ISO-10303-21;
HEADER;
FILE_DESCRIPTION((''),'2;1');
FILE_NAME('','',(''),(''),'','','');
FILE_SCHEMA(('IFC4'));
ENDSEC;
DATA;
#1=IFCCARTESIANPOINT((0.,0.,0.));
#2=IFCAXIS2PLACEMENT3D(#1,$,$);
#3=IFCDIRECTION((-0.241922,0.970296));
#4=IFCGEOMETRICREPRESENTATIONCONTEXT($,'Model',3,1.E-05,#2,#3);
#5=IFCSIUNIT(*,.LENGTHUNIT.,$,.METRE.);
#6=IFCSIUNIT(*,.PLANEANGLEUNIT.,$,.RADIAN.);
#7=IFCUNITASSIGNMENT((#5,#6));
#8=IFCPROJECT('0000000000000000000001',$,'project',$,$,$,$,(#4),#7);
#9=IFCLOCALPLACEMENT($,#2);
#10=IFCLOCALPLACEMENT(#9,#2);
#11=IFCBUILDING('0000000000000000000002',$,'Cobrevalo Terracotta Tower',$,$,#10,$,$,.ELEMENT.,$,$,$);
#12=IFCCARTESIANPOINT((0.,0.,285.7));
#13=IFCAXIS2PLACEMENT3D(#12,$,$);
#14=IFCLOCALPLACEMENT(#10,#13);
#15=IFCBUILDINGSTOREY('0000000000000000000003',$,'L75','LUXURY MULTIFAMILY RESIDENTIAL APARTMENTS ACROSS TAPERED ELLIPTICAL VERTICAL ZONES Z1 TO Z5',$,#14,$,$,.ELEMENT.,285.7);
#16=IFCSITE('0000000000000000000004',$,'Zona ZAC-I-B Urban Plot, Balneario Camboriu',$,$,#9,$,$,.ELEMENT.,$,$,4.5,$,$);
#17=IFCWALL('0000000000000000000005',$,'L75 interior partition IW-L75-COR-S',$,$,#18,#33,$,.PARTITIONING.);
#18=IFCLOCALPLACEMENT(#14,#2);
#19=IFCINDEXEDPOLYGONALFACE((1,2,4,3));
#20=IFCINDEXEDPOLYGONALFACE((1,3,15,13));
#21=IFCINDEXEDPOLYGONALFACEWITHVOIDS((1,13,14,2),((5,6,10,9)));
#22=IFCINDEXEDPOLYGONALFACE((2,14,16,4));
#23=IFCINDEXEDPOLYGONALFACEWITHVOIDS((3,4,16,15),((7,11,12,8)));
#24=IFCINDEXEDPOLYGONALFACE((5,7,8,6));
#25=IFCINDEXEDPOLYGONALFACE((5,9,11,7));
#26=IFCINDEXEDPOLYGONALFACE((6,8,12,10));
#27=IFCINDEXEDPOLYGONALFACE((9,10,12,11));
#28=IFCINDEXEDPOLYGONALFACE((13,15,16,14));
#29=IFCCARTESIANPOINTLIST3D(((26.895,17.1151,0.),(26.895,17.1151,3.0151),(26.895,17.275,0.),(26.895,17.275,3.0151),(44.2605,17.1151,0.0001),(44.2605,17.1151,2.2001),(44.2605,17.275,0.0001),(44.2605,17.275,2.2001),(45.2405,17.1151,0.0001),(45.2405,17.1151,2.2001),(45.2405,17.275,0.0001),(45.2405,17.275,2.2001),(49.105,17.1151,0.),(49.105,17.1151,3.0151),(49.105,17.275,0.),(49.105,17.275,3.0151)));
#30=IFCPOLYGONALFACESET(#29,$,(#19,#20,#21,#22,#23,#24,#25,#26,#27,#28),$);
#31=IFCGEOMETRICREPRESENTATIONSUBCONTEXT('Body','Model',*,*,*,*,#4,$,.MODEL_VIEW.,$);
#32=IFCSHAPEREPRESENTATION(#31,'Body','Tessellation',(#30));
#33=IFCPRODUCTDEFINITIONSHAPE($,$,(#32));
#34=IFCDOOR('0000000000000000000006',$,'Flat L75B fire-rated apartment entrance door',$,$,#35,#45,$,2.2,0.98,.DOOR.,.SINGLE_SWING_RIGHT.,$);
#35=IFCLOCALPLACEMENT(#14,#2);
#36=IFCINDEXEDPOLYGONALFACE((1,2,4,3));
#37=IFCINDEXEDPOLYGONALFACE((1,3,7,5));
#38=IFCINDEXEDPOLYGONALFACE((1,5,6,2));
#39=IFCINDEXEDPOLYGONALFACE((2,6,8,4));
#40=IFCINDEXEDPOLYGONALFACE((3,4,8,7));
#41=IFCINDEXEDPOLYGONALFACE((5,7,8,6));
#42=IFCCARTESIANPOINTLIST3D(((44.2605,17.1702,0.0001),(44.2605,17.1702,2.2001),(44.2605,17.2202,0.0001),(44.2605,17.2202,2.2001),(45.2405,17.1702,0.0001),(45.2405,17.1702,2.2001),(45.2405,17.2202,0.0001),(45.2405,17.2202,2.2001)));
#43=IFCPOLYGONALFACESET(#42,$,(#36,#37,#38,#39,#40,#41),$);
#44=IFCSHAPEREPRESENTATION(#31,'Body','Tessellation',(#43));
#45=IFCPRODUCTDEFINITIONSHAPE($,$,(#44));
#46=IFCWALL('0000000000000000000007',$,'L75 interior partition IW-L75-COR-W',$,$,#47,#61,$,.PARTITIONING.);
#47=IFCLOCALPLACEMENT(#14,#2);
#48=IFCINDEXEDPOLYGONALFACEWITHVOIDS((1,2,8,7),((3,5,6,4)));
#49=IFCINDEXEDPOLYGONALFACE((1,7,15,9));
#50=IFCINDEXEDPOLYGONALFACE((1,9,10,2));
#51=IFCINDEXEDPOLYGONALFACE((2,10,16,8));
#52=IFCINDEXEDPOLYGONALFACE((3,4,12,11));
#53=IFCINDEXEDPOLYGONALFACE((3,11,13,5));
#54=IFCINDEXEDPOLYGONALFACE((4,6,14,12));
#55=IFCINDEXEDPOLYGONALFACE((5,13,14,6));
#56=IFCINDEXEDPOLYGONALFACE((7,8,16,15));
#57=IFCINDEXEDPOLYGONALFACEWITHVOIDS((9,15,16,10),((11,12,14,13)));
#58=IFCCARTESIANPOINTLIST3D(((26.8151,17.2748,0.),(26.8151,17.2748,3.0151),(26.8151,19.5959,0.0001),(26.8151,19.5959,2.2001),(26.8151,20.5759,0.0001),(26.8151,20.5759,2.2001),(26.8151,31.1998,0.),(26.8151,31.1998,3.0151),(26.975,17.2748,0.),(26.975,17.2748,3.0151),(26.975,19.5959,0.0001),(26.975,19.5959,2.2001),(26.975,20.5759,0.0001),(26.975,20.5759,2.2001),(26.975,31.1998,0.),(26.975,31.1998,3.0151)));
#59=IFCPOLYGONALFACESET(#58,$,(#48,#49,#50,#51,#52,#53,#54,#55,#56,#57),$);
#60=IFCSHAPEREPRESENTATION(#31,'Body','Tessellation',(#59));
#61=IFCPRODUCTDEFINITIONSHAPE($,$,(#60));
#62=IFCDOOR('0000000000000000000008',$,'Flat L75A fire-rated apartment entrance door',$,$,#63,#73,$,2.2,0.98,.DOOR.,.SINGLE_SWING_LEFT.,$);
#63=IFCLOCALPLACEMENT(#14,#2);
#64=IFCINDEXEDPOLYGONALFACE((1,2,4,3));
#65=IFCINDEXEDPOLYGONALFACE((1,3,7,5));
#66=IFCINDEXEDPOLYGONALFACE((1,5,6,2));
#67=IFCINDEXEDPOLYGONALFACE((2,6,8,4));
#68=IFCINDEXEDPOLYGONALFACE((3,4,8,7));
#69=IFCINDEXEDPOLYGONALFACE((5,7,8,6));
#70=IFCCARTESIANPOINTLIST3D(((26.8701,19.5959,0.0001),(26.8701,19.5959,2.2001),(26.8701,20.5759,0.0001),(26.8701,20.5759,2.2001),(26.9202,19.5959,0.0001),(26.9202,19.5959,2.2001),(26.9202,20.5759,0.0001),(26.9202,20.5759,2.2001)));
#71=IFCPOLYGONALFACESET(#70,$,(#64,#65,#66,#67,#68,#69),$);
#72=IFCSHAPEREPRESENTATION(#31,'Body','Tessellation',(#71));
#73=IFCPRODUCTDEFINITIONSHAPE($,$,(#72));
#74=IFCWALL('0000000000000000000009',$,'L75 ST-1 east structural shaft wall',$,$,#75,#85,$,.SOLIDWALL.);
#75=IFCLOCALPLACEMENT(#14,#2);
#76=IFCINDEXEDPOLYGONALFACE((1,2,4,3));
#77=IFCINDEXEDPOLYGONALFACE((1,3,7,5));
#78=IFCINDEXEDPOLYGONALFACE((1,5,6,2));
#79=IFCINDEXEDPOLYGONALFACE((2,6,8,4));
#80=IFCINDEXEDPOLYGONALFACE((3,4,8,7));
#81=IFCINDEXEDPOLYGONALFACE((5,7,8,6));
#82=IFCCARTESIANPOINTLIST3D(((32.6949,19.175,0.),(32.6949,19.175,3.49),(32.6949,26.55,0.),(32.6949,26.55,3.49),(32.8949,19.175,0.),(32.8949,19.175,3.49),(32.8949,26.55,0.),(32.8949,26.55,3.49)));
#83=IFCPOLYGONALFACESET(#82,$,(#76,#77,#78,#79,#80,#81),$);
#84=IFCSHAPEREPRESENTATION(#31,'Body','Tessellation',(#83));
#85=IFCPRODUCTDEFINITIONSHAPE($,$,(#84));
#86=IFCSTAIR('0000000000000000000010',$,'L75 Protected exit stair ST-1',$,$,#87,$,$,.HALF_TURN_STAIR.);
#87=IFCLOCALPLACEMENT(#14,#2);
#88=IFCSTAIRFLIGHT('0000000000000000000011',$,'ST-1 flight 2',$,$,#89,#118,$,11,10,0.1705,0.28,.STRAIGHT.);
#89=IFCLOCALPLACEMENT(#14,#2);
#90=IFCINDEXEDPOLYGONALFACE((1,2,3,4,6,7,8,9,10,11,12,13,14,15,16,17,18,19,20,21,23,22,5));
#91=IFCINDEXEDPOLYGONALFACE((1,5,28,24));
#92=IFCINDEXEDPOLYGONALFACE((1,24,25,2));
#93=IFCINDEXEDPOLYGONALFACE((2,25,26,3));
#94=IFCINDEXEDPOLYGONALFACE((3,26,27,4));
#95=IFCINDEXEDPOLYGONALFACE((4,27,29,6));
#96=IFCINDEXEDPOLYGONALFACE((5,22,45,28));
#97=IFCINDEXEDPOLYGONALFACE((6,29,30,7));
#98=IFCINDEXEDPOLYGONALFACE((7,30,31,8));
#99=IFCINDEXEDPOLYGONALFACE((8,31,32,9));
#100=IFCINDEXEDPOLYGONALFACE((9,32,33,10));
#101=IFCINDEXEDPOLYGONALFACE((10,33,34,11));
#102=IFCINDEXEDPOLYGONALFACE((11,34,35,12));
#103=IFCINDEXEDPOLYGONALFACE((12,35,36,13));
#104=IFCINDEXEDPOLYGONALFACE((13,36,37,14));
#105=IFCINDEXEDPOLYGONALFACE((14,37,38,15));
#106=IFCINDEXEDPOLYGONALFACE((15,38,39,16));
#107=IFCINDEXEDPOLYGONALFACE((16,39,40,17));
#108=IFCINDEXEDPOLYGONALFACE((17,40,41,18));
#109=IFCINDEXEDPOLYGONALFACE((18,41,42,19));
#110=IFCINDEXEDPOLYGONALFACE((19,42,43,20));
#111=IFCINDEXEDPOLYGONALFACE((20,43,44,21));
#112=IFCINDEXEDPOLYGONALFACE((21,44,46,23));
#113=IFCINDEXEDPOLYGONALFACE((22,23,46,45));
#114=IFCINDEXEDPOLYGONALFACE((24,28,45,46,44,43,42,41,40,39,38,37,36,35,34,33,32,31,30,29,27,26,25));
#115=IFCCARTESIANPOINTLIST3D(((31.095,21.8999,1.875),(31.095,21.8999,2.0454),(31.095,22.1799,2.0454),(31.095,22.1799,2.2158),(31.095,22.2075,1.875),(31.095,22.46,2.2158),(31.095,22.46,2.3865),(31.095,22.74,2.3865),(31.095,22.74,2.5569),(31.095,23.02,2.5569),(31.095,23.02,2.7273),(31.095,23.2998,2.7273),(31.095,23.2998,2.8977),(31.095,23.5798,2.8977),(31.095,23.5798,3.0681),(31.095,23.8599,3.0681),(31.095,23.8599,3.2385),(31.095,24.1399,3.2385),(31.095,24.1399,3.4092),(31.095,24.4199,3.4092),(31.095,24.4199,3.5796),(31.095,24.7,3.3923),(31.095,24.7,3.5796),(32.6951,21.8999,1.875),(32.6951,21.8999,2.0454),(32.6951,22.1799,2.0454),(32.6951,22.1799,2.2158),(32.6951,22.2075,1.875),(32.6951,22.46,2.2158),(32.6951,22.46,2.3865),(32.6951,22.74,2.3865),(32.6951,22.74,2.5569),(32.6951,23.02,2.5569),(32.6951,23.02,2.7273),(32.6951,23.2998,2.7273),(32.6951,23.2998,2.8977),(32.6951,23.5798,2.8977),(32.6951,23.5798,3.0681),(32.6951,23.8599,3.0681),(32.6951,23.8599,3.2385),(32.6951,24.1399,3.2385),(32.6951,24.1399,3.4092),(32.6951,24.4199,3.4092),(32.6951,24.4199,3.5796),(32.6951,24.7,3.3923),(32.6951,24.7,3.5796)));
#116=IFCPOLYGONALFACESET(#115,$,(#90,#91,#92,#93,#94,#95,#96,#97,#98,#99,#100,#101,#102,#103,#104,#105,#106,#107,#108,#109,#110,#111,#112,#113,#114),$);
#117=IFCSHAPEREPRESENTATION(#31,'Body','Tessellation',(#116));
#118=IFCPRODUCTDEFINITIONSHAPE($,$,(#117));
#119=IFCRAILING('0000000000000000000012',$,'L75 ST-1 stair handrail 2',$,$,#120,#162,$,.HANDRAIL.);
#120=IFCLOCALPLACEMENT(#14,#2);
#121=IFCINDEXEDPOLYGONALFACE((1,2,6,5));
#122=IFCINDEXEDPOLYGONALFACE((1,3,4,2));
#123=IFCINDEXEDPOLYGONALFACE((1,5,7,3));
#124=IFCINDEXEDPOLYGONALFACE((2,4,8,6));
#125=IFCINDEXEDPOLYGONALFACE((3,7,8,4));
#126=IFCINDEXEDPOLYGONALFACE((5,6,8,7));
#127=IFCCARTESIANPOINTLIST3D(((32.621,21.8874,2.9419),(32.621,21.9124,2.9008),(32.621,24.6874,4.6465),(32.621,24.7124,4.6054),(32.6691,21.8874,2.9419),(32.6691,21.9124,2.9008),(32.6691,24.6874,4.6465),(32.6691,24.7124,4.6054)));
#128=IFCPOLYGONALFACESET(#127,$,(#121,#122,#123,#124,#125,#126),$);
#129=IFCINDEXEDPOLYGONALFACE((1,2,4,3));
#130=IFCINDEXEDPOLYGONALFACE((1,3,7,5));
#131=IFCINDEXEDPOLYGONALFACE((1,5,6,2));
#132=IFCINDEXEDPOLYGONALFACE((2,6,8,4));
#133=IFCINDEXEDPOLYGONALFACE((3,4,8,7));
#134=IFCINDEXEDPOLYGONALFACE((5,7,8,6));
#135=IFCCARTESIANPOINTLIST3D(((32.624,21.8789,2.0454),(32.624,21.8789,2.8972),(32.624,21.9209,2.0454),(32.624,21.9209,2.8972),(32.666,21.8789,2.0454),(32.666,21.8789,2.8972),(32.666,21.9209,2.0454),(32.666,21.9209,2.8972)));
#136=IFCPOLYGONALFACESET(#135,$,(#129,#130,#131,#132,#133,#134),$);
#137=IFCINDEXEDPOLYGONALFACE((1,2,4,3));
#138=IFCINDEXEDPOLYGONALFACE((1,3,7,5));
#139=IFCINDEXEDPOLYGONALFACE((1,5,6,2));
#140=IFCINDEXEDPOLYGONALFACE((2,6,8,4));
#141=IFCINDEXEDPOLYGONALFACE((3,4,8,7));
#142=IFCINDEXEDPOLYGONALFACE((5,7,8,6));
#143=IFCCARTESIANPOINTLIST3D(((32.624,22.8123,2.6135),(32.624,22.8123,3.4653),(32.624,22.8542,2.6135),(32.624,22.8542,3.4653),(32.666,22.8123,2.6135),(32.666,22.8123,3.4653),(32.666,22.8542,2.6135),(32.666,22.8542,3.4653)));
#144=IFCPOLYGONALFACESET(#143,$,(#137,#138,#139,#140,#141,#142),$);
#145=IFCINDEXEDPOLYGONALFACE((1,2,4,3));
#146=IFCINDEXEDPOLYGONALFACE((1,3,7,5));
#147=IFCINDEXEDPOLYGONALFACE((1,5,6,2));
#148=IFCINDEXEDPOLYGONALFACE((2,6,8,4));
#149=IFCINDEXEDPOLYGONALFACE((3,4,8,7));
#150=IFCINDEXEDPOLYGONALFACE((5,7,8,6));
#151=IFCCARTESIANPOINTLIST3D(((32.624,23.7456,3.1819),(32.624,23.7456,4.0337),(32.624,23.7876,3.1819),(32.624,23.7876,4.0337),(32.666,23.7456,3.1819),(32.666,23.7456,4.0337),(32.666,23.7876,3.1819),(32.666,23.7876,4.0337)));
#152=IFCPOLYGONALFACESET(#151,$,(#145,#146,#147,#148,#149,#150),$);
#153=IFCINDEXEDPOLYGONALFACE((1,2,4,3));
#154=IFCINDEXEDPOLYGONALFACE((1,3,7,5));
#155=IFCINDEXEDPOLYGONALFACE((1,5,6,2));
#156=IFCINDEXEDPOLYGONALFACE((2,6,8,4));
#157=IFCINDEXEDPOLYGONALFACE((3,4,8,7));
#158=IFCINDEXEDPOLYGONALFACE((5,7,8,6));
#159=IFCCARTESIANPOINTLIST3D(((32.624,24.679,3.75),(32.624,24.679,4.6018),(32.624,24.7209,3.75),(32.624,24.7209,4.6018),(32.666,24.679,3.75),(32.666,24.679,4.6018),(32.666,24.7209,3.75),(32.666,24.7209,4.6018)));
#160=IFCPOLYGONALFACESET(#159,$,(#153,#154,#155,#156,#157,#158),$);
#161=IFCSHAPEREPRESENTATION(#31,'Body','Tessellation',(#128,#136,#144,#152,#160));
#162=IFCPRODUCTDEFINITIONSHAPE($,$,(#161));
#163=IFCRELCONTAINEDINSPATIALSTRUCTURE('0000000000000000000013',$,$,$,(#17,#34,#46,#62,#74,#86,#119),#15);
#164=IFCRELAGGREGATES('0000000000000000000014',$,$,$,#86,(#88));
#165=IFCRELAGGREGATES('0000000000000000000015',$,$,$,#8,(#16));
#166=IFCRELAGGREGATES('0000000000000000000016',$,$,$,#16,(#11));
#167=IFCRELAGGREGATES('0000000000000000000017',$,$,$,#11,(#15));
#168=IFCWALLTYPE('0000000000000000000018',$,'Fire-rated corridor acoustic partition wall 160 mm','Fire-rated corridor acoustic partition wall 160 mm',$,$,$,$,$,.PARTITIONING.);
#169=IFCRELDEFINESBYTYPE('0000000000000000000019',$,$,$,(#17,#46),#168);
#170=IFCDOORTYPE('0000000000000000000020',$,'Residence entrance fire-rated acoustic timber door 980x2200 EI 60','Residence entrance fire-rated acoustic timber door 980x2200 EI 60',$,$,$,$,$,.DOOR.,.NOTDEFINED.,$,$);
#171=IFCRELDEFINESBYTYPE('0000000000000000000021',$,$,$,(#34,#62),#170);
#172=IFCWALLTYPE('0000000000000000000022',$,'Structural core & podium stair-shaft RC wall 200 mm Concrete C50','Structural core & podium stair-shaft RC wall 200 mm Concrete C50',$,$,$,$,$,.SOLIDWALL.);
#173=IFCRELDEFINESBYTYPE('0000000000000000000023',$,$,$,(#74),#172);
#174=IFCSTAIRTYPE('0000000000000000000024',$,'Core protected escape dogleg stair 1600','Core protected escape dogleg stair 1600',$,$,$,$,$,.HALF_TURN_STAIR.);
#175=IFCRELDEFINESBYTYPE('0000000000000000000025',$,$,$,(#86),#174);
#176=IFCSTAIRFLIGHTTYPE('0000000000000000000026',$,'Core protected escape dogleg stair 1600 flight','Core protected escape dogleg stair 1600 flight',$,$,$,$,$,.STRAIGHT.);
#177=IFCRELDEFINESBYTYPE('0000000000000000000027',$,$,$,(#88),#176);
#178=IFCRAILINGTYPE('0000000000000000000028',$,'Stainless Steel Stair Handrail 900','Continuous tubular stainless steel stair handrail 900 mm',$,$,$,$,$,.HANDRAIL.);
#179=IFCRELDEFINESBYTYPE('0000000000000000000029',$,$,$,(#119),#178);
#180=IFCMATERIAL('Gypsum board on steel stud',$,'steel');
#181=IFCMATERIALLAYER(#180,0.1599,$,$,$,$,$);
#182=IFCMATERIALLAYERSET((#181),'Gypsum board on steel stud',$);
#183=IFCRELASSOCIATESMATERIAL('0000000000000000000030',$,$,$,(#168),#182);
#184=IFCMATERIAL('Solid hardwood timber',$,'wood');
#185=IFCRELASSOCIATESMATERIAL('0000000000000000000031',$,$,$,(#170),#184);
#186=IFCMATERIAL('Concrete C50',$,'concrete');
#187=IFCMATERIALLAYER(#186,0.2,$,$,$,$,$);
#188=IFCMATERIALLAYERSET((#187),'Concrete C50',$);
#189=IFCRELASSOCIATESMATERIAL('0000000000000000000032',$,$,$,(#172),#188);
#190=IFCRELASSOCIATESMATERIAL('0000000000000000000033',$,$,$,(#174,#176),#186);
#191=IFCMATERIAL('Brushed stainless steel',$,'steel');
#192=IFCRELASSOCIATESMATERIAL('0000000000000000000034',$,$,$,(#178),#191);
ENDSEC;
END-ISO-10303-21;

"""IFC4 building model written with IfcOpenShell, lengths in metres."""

from ifc_helpers import new_model, si_unit, direction, frame, frame_2d, origin, origin_2d, place, context, subcontext, project, spatial, polyline, rectangle, outline, extrude, source, transform, mapped, material, layer, layer_set, type_object, element, fill, aggregate, save


model = new_model("IFC4")

# Units and contexts
model_context = context("Model", 3, precision=1e-05, world=origin(), true_north=direction((-0.241922, 0.970296)))
body_context = subcontext(model_context, "Body", "Model", "MODEL_VIEW")
ifc_project = project(units=[si_unit("LENGTHUNIT", "METRE"), si_unit("PLANEANGLEUNIT", "RADIAN")], contexts=[model_context])

# Site, building, storey
site_placement = place(None, origin())
site = spatial("IfcSite", under=ifc_project, at=site_placement, Name="Zona ZAC-I-B Urban Plot, Balneario Camboriu", CompositionType="ELEMENT", RefElevation=4.5)
building_placement = place(site_placement, origin())
building = spatial("IfcBuilding", under=site, at=building_placement, Name="Cobrevalo Terracotta Tower", CompositionType="ELEMENT")
storey_placement = place(building_placement, frame((0.0, 0.0, 285.7)))
storey = spatial("IfcBuildingStorey", under=building, at=storey_placement, Name="L75", Description="LUXURY MULTIFAMILY RESIDENTIAL APARTMENTS ACROSS TAPERED ELLIPTICAL VERTICAL ZONES Z1 TO Z5", CompositionType="ELEMENT", Elevation=285.7)

# Shared definitions
ifc_material_1 = material(Name="Concrete C50", Category="concrete")

# Walls, openings, doors
ifc_material_2 = material(Name="Gypsum board on steel stud", Category="steel")
ifc_layer_1 = layer(ifc_material_2, 0.1599)
ifc_layer_set_1 = layer_set([ifc_layer_1], Name="Gypsum board on steel stud")
wall_type_1 = type_object("IfcWallType", Name="Fire-rated corridor acoustic partition wall 160 mm", Description="Fire-rated corridor acoustic partition wall 160 mm", PredefinedType="PARTITIONING", material=ifc_layer_set_1)
wall_1_placement = place(storey_placement, frame((26.895, 17.1951, 0.0), z_axis=(0.0, 0.0, 1.0), x_axis=(1.0, 0.0, 0.0)))
wall_1 = element("IfcWall", 1, at=wall_1_placement, inside=storey, type_object=wall_type_1, Name="L75 interior partition IW-L75-COR-S", PredefinedType="PARTITIONING", context=body_context, shape_type="SweptSolid", body=[
    extrude(rectangle(XDim=22.21, YDim=0.1599, at=frame_2d((11.105, 0.0))), origin(), (0.0, 0.0, 1.0), 3.0151),
])
opening_1_placement = place(wall_1_placement, frame((17.3655, 0.0, 0.0)))
opening_1 = element("IfcOpeningElement", 2, at=opening_1_placement, cuts=wall_1, PredefinedType="OPENING", context=body_context, shape_type="SweptSolid", body=[
    extrude(rectangle(XDim=0.98, YDim=2.2, at=frame_2d((0.49, 1.1001))), frame((0.0, 0.0898, 0.0), z_axis=(0.0, -1.0, 0.0), x_axis=(1.0, 0.0, 0.0)), (0.0, 0.0, 1.0), 0.1799),
])
ifc_material_3 = material(Name="Solid hardwood timber", Category="wood")
door_type_1 = type_object("IfcDoorType", Name="Residence entrance fire-rated acoustic timber door 980x2200 EI 60", Description="Residence entrance fire-rated acoustic timber door 980x2200 EI 60", OperationType="NOTDEFINED", PredefinedType="DOOR", material=ifc_material_3)
shared_shape_1 = source(origin(), body_context, "Body", "SweptSolid", [
    extrude(rectangle(XDim=0.98, YDim=2.2, at=frame_2d((0.49, 1.1001))), frame((0.0, 0.0249, 0.0), z_axis=(0.0, -1.0, 0.0), x_axis=(1.0, 0.0, 0.0)), (0.0, 0.0, 1.0), 0.05),
])
door_1_placement = place(opening_1_placement, frame((0.98, 0.0, 0.0), z_axis=(0.0, 0.0, 1.0), x_axis=(-1.0, 0.0, 0.0)))
door_1 = element("IfcDoor", 3, at=door_1_placement, inside=storey, type_object=door_type_1, Name="Flat L75B fire-rated apartment entrance door", OperationType="SINGLE_SWING_RIGHT", OverallHeight=2.2, OverallWidth=0.98, PredefinedType="DOOR", context=body_context, shape_type="MappedRepresentation", body=[
    mapped(shared_shape_1, transform((0.0, 0.0, 0.0), scale=1.0)),
])
fill(opening_1, door_1)
wall_2_placement = place(storey_placement, frame((26.895, 17.2749, 0.0), z_axis=(0.0, 0.0, 1.0), x_axis=(0.0, 1.0, 0.0)))
wall_2 = element("IfcWall", 4, at=wall_2_placement, inside=storey, type_object=wall_type_1, Name="L75 interior partition IW-L75-COR-W", PredefinedType="PARTITIONING", context=body_context, shape_type="SweptSolid", body=[
    extrude(rectangle(XDim=13.925, YDim=0.1599, at=frame_2d((6.9624, 0.0))), origin(), (0.0, 0.0, 1.0), 3.0151),
])
opening_2_placement = place(wall_2_placement, frame((2.321, 0.0, 0.0)))
opening_2 = element("IfcOpeningElement", 5, at=opening_2_placement, cuts=wall_2, PredefinedType="OPENING", context=body_context, shape_type="SweptSolid", body=[
    extrude(rectangle(XDim=0.98, YDim=2.2, at=frame_2d((0.49, 1.1001))), frame((0.0, 0.0898, 0.0), z_axis=(0.0, -1.0, 0.0), x_axis=(1.0, 0.0, 0.0)), (0.0, 0.0, 1.0), 0.1799),
])
door_2_placement = place(opening_2_placement, origin())
door_2 = element("IfcDoor", 6, at=door_2_placement, inside=storey, type_object=door_type_1, Name="Flat L75A fire-rated apartment entrance door", OperationType="SINGLE_SWING_LEFT", OverallHeight=2.2, OverallWidth=0.98, PredefinedType="DOOR", context=body_context, shape_type="MappedRepresentation", body=[
    mapped(shared_shape_1, transform((0.0, 0.0, 0.0), scale=1.0)),
])
fill(opening_2, door_2)

# Wall
ifc_layer_2 = layer(ifc_material_1, 0.2)
ifc_layer_set_2 = layer_set([ifc_layer_2], Name="Concrete C50")
wall_type_2 = type_object("IfcWallType", Name="Structural core & podium stair-shaft RC wall 200 mm Concrete C50", Description="Structural core & podium stair-shaft RC wall 200 mm Concrete C50", PredefinedType="SOLIDWALL", material=ifc_layer_set_2)
wall_3_placement = place(storey_placement, frame((32.7949, 19.175, 0.0), z_axis=(0.0, 0.0, 1.0), x_axis=(0.0, 1.0, 0.0)))
element("IfcWall", 7, at=wall_3_placement, inside=storey, type_object=wall_type_2, Name="L75 ST-1 east structural shaft wall", PredefinedType="SOLIDWALL", context=body_context, shape_type="SweptSolid", body=[
    extrude(rectangle(XDim=7.375, YDim=0.2, at=frame_2d((3.6875, 0.0))), origin(), (0.0, 0.0, 1.0), 3.49),
])

# Stair, stair flight
stair_type = type_object("IfcStairType", Name="Core protected escape dogleg stair 1600", Description="Core protected escape dogleg stair 1600", PredefinedType="HALF_TURN_STAIR", material=ifc_material_1)
stair_placement = place(storey_placement, origin())
stair = element("IfcStair", 8, at=stair_placement, inside=storey, type_object=stair_type, Name="L75 Protected exit stair ST-1", PredefinedType="HALF_TURN_STAIR")
stair_flight_type = type_object("IfcStairFlightType", Name="Core protected escape dogleg stair 1600 flight", Description="Core protected escape dogleg stair 1600 flight", PredefinedType="STRAIGHT", material=ifc_material_1)
stair_flight_placement = place(storey_placement, frame((31.895, 21.8999, 1.875), z_axis=(0.0, 0.0, 1.0), x_axis=(0.0, 1.0, 0.0)))
stair_flight = element("IfcStairFlight", 9, at=stair_flight_placement, type_object=stair_flight_type, Name="ST-1 flight 2", NumberOfRisers=11, NumberOfTreads=10, PredefinedType="STRAIGHT", RiserHeight=0.1705, TreadLength=0.28, context=body_context, shape_type="SweptSolid", body=[
    extrude(outline(polyline([(0.0, 0.0), (0.0, 0.1704), (0.28, 0.1704), (0.28, 0.3408), (0.5601, 0.3408), (0.5601, 0.5115), (0.8401, 0.5115), (0.8401, 0.6819), (1.1201, 0.6819), (1.1201, 0.8523), (1.3999, 0.8523), (1.3999, 1.0227), (1.6799, 1.0227), (1.6799, 1.1931), (1.96, 1.1931), (1.96, 1.3635), (2.24, 1.3635), (2.24, 1.5342), (2.52, 1.5342), (2.52, 1.7046), (2.8, 1.7046), (2.8, 1.875), (2.8, 1.5173), (0.3076, 0.0), (0.0, 0.0)])), frame((0.0, 0.8, 0.0), z_axis=(0.0, -1.0, 0.0), x_axis=(1.0, 0.0, 0.0)), (0.0, 0.0, 1.0), 1.6001),
])
aggregate(stair, [stair_flight])

# Railing
ifc_material_4 = material(Name="Brushed stainless steel", Category="steel")
railing_type_1 = type_object("IfcRailingType", Name="Stainless Steel Stair Handrail 900", Description="Continuous tubular stainless steel stair handrail 900 mm", PredefinedType="HANDRAIL", material=ifc_material_4)
railing_1_placement = place(storey_placement, frame((32.645, 21.8999, 2.0454)))
element("IfcRailing", 10, at=railing_1_placement, inside=storey, type_object=railing_type_1, Name="L75 ST-1 stair handrail 2", PredefinedType="HANDRAIL", context=body_context, shape_type="SweptSolid", body=[
    extrude(rectangle(XDim=0.0481, YDim=0.0481, at=origin_2d()), frame((0.0, 0.0, 0.876), z_axis=(0.0, 0.85417, 0.519994), x_axis=(-1.0, 0.0, 0.0)), (0.0, 0.0, 1.0), 3.2781),
    extrude(rectangle(XDim=0.042, YDim=0.042, at=origin_2d()), origin(), (0.0, 0.0, 1.0), 0.8518),
    extrude(rectangle(XDim=0.042, YDim=0.042, at=origin_2d()), frame((0.0, 0.9333, 0.5681)), (0.0, 0.0, 1.0), 0.8518),
    extrude(rectangle(XDim=0.042, YDim=0.042, at=origin_2d()), frame((0.0, 1.8667, 1.1365)), (0.0, 0.0, 1.0), 0.8518),
    extrude(rectangle(XDim=0.042, YDim=0.042, at=origin_2d()), frame((0.0, 2.8, 1.7046)), (0.0, 0.0, 1.0), 0.8518),
])

save(model, "model.ifc")
